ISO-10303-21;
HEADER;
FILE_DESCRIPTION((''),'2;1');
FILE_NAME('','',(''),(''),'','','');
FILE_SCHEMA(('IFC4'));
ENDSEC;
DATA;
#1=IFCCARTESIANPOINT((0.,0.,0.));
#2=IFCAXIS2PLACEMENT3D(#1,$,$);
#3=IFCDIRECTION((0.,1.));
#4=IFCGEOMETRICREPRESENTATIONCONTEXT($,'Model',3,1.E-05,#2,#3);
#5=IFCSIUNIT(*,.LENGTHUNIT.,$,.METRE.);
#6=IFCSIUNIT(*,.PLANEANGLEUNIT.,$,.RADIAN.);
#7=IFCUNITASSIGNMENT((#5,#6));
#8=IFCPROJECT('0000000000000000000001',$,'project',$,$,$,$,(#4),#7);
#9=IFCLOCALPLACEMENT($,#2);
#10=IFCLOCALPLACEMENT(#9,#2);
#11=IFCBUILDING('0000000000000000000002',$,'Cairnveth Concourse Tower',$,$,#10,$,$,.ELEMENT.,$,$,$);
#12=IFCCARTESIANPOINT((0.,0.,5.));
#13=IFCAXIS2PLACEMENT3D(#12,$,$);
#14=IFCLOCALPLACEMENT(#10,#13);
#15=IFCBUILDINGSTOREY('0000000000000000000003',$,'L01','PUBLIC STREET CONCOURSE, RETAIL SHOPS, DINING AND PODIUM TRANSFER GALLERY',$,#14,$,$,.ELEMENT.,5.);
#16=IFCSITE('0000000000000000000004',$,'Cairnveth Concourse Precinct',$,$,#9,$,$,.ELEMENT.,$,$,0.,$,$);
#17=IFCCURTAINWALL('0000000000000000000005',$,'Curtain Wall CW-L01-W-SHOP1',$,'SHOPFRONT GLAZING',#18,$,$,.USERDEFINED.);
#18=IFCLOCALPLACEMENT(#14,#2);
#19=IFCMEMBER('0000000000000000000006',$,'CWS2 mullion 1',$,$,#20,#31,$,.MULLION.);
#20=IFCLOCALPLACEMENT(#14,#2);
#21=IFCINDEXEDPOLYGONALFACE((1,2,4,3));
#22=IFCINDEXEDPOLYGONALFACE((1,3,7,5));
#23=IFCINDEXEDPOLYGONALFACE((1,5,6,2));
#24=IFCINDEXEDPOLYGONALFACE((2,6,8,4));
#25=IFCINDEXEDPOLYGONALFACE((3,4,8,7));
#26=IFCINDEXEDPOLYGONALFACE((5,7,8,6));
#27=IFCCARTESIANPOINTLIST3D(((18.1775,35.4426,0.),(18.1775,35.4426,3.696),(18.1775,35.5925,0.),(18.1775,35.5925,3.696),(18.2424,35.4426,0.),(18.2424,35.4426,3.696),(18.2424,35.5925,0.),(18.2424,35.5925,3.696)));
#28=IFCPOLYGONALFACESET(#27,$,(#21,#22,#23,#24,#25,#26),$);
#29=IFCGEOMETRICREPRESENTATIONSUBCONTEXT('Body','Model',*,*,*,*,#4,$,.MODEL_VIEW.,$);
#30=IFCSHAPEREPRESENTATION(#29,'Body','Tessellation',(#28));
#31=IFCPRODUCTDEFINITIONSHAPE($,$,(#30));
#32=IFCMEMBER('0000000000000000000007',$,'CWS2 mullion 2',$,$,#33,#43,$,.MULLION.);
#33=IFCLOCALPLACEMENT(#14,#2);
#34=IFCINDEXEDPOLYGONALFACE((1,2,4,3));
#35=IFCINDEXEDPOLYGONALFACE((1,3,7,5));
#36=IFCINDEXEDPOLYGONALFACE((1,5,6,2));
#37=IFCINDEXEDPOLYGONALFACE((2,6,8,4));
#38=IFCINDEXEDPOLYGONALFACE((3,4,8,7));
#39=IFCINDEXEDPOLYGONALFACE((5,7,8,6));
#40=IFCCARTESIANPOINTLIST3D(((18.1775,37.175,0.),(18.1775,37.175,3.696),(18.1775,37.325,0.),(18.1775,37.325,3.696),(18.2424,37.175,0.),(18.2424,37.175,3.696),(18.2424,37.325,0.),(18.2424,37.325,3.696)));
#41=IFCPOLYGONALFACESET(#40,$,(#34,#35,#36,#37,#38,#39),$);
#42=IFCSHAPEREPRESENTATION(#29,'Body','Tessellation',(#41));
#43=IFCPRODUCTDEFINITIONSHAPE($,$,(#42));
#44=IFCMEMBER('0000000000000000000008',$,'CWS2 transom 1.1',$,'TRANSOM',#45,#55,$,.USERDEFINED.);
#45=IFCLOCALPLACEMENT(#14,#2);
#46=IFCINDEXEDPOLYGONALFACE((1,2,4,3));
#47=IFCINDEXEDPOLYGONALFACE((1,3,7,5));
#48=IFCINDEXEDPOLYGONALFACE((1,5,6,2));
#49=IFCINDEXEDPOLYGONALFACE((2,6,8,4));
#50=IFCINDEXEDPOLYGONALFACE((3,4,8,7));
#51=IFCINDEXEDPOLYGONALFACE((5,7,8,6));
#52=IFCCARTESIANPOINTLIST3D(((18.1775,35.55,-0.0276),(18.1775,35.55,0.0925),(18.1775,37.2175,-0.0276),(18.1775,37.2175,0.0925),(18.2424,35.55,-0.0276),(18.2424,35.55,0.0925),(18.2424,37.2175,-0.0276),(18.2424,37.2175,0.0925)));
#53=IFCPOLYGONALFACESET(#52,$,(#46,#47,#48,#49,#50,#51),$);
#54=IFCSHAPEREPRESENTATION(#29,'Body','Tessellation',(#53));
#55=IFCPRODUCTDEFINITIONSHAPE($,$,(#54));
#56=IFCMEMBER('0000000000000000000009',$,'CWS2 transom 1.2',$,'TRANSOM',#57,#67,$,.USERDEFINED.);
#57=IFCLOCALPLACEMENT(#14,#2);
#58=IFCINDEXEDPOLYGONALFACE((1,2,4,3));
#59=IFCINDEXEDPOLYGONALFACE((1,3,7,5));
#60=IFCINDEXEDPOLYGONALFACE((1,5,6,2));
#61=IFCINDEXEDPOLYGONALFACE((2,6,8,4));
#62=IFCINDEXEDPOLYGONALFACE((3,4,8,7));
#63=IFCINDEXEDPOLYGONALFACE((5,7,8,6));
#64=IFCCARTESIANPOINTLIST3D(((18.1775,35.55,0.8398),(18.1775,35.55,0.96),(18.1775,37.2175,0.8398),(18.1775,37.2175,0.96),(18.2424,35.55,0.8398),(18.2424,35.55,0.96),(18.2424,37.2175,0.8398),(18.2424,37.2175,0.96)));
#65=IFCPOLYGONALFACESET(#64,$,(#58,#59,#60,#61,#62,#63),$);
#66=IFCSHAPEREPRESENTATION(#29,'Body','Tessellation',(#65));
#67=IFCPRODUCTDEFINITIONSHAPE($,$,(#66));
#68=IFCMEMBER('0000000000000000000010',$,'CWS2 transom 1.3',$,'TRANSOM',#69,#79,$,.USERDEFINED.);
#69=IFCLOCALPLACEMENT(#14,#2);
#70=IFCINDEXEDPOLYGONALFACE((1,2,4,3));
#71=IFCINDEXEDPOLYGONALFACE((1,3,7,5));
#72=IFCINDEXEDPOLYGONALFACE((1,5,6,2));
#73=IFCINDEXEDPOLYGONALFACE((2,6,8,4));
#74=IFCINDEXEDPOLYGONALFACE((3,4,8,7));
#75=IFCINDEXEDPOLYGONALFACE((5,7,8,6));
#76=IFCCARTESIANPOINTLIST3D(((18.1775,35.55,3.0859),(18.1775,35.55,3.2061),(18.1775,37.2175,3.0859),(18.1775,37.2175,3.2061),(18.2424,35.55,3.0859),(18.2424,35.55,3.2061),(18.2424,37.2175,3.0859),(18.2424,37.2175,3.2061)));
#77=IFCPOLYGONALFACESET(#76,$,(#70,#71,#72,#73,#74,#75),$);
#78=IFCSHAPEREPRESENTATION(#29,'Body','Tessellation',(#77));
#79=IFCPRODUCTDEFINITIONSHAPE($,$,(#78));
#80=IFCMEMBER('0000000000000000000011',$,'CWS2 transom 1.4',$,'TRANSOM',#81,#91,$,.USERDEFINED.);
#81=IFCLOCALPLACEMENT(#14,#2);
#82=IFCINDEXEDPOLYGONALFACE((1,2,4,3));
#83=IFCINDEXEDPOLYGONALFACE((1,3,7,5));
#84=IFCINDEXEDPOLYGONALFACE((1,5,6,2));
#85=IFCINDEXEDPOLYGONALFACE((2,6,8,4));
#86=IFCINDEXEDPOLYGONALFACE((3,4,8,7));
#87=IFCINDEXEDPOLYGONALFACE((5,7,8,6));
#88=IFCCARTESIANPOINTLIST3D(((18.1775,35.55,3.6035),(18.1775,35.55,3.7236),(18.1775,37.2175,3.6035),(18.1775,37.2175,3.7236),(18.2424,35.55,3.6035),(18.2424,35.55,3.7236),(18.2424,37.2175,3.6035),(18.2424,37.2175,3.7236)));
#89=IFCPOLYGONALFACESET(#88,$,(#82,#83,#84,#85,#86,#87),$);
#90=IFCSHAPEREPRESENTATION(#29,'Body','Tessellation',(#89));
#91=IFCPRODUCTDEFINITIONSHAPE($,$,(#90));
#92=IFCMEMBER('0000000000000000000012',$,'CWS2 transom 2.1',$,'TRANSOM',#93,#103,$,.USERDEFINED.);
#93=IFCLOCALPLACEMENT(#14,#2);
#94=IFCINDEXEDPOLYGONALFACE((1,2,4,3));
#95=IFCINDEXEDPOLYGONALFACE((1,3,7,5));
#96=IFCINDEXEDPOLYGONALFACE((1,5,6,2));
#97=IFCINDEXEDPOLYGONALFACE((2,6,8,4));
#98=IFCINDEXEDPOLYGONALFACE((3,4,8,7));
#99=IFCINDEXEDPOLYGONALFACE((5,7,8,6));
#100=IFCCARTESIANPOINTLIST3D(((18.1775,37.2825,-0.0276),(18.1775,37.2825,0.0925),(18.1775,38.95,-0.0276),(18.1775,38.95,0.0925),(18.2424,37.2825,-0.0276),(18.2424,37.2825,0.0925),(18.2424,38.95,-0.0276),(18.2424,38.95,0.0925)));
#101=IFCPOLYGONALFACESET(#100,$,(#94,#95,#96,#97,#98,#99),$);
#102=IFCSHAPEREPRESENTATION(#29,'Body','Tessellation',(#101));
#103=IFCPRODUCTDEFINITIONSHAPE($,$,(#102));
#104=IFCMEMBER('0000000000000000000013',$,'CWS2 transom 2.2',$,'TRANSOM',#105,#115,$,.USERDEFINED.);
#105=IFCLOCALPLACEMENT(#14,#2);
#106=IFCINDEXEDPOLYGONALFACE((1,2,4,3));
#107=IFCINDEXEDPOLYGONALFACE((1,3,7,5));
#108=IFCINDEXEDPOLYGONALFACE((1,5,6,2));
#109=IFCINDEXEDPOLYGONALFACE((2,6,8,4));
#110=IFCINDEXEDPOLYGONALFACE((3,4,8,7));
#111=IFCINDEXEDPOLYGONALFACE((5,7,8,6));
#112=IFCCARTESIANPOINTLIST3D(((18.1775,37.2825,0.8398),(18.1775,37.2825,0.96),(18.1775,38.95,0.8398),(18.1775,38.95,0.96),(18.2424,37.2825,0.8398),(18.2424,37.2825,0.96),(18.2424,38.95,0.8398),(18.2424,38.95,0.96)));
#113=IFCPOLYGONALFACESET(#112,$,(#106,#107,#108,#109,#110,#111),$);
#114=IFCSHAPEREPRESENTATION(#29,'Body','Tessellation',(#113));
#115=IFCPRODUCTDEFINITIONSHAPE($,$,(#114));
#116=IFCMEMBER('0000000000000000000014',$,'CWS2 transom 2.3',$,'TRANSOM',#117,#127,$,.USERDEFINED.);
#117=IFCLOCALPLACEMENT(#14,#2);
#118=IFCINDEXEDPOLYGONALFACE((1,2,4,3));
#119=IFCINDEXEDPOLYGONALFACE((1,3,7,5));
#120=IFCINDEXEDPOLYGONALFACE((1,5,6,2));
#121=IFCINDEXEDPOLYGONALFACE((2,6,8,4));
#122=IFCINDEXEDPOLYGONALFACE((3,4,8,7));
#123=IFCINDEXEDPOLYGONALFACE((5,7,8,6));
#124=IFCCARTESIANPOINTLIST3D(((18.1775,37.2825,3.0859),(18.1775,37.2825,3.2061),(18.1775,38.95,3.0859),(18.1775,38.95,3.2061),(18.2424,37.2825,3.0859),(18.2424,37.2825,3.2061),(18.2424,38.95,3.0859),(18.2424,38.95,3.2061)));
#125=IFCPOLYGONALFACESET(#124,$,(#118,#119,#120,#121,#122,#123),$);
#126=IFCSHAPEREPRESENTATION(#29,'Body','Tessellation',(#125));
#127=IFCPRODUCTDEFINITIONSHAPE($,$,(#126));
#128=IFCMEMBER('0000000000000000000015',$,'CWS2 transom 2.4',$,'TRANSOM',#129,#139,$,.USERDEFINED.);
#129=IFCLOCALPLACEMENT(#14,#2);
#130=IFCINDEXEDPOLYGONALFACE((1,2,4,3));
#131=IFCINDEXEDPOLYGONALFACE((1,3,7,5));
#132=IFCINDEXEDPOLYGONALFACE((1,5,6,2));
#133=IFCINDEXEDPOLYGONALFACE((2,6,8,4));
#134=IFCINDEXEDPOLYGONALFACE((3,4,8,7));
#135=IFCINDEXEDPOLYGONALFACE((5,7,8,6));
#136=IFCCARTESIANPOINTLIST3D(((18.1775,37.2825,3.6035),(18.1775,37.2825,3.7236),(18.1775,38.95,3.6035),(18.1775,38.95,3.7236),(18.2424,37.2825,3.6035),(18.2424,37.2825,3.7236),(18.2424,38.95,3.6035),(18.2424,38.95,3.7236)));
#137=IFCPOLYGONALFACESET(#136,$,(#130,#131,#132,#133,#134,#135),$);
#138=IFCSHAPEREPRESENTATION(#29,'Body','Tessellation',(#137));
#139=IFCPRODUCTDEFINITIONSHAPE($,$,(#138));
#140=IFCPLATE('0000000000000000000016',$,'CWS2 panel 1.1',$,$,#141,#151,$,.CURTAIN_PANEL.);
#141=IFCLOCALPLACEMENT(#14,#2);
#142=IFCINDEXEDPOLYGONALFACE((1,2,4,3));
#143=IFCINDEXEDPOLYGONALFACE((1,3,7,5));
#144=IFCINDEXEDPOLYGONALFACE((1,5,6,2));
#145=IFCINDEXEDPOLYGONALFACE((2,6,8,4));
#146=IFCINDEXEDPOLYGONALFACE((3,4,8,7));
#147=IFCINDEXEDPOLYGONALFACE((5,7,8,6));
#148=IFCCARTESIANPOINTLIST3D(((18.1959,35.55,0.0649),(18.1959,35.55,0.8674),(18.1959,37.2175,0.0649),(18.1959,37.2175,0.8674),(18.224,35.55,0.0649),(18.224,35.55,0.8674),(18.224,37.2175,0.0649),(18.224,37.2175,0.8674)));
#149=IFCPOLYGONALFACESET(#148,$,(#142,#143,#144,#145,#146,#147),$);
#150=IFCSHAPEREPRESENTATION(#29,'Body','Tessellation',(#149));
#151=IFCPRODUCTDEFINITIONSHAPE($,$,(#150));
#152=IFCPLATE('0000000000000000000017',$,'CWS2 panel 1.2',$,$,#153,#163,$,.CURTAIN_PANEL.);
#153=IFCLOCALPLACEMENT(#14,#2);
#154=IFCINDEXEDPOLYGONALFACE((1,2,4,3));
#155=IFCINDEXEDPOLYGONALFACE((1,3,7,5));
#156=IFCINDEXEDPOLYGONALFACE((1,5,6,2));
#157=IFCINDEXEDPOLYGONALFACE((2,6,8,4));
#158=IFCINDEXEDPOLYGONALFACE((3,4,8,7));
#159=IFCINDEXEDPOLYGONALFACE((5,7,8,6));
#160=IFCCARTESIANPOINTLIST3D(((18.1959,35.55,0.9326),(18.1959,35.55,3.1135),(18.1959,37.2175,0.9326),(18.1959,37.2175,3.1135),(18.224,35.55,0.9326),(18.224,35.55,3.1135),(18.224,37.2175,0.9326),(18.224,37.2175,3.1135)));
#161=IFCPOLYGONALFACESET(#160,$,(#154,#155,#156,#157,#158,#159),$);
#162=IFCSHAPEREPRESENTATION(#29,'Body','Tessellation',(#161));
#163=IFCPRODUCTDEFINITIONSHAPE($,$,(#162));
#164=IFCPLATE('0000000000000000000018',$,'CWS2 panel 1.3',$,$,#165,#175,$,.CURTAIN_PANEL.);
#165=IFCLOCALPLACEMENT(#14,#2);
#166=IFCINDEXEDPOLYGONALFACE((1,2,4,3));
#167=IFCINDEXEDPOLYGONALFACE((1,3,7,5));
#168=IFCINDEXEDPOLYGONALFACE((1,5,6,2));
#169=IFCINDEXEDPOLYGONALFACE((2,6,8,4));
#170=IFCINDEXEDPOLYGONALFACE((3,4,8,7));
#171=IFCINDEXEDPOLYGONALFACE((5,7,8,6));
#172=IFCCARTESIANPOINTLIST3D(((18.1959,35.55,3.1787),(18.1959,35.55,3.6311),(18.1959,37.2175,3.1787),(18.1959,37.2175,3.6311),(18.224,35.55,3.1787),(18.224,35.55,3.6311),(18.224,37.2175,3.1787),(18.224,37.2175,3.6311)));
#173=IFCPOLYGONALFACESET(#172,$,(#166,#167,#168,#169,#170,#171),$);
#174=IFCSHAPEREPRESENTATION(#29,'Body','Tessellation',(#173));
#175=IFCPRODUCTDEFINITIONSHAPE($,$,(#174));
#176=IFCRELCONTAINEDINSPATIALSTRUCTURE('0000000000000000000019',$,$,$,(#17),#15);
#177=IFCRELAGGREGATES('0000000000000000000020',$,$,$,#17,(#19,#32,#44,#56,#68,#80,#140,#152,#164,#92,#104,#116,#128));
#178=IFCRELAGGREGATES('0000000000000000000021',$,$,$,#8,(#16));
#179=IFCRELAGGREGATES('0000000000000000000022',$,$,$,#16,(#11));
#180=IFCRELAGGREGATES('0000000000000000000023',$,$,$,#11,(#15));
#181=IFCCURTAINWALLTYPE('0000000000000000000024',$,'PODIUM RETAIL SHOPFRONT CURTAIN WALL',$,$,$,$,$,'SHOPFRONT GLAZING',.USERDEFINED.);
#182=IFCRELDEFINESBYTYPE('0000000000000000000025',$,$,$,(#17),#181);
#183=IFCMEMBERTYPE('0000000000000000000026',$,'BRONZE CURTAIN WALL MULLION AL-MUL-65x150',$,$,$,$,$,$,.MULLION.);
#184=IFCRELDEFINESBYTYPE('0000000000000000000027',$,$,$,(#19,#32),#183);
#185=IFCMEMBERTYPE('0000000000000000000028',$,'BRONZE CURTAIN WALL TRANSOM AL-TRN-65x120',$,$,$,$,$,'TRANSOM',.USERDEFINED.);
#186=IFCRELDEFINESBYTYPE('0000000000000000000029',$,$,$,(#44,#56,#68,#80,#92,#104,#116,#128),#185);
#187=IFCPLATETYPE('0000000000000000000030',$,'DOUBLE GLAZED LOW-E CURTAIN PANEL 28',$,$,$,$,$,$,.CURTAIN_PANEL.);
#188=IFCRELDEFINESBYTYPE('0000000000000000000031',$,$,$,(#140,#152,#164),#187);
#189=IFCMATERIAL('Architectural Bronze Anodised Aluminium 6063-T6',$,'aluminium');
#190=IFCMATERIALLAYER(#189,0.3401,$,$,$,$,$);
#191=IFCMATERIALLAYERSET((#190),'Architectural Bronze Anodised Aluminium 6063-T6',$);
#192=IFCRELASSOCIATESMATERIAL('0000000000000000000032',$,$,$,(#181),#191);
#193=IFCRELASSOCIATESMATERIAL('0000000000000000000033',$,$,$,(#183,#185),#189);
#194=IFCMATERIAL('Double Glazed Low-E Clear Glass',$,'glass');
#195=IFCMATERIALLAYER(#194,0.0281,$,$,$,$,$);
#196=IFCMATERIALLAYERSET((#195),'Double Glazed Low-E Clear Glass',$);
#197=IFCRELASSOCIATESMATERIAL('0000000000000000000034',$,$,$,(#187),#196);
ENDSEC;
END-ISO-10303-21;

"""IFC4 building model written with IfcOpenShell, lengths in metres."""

from ifc_helpers import new_model, si_unit, direction, frame, origin, origin_2d, place, context, subcontext, project, spatial, rectangle, extrude, material, layer, layer_set, material_profile, profile_set, type_object, element, aggregate, save


model = new_model("IFC4")

# Units and contexts
model_context = context("Model", 3, precision=1e-05, world=origin(), true_north=direction((0.0, 1.0)))
body_context = subcontext(model_context, "Body", "Model", "MODEL_VIEW")
ifc_project = project(units=[si_unit("LENGTHUNIT", "METRE"), si_unit("PLANEANGLEUNIT", "RADIAN")], contexts=[model_context])

# Site, building, storey
site_placement = place(None, origin())
site = spatial("IfcSite", under=ifc_project, at=site_placement, Name="Cairnveth Concourse Precinct", CompositionType="ELEMENT", RefElevation=0.0)
building_placement = place(site_placement, origin())
building = spatial("IfcBuilding", under=site, at=building_placement, Name="Cairnveth Concourse Tower", CompositionType="ELEMENT")
storey_placement = place(building_placement, frame((0.0, 0.0, 5.0)))
storey = spatial("IfcBuildingStorey", under=building, at=storey_placement, Name="L01", Description="PUBLIC STREET CONCOURSE, RETAIL SHOPS, DINING AND PODIUM TRANSFER GALLERY", CompositionType="ELEMENT", Elevation=5.0)

# Curtain wall, members, plates
ifc_material_1 = material(Name="Architectural Bronze Anodised Aluminium 6063-T6", Category="aluminium")
ifc_layer_1 = layer(ifc_material_1, 0.3401)
ifc_layer_set_1 = layer_set([ifc_layer_1], Name="Architectural Bronze Anodised Aluminium 6063-T6")
curtain_wall_type = type_object("IfcCurtainWallType", Name="PODIUM RETAIL SHOPFRONT CURTAIN WALL", ElementType="SHOPFRONT GLAZING", PredefinedType="USERDEFINED", material=ifc_layer_set_1)
curtain_wall_placement = place(storey_placement, origin())
curtain_wall = element("IfcCurtainWall", 1, at=curtain_wall_placement, inside=storey, type_object=curtain_wall_type, Name="Curtain Wall CW-L01-W-SHOP1", ObjectType="SHOPFRONT GLAZING", PredefinedType="USERDEFINED")
ifc_material_profile_1 = material_profile(ifc_material_1, rectangle(XDim=0.0649, YDim=0.1499, at=origin_2d()), Name="AL-MUL-65x150")
ifc_profile_set_1 = profile_set([ifc_material_profile_1], Name="Architectural Bronze Anodised Aluminium 6063-T6")
member_type_1 = type_object("IfcMemberType", Name="BRONZE CURTAIN WALL MULLION AL-MUL-65x150", PredefinedType="MULLION", material=ifc_profile_set_1)
member_1_placement = place(storey_placement, frame((18.21, 35.5176, 0.0), z_axis=(0.0, 0.0, 1.0), x_axis=(-1.0, 0.0, 0.0)))
member_1 = element("IfcMember", 2, at=member_1_placement, type_object=member_type_1, Name="CWS2 mullion 1", PredefinedType="MULLION", context=body_context, shape_type="SweptSolid", body=[
    extrude(rectangle(XDim=0.0649, YDim=0.1499, at=origin_2d()), origin(), (0.0, 0.0, 1.0), 3.696),
])
member_2_placement = place(storey_placement, frame((18.21, 37.25, 0.0), z_axis=(0.0, 0.0, 1.0), x_axis=(-1.0, 0.0, 0.0)))
member_2 = element("IfcMember", 3, at=member_2_placement, type_object=member_type_1, Name="CWS2 mullion 2", PredefinedType="MULLION", context=body_context, shape_type="SweptSolid", body=[
    extrude(rectangle(XDim=0.0649, YDim=0.1499, at=origin_2d()), origin(), (0.0, 0.0, 1.0), 3.696),
])
ifc_material_profile_2 = material_profile(ifc_material_1, rectangle(XDim=0.0649, YDim=0.1201, at=origin_2d()), Name="AL-TRN-65x120")
ifc_profile_set_2 = profile_set([ifc_material_profile_2], Name="Architectural Bronze Anodised Aluminium 6063-T6")
member_type_2 = type_object("IfcMemberType", Name="BRONZE CURTAIN WALL TRANSOM AL-TRN-65x120", ElementType="TRANSOM", PredefinedType="USERDEFINED", material=ifc_profile_set_2)
member_3_placement = place(storey_placement, frame((18.21, 35.55, 0.0325), z_axis=(0.0, 1.0, 0.0), x_axis=(-1.0, 0.0, 0.0)))
member_3 = element("IfcMember", 4, at=member_3_placement, type_object=member_type_2, Name="CWS2 transom 1.1", ObjectType="TRANSOM", PredefinedType="USERDEFINED", context=body_context, shape_type="SweptSolid", body=[
    extrude(rectangle(XDim=0.0649, YDim=0.1201, at=origin_2d()), origin(), (0.0, 0.0, 1.0), 1.6675),
])
member_4_placement = place(storey_placement, frame((18.21, 35.55, 0.8999), z_axis=(0.0, 1.0, 0.0), x_axis=(-1.0, 0.0, 0.0)))
member_4 = element("IfcMember", 5, at=member_4_placement, type_object=member_type_2, Name="CWS2 transom 1.2", ObjectType="TRANSOM", PredefinedType="USERDEFINED", context=body_context, shape_type="SweptSolid", body=[
    extrude(rectangle(XDim=0.0649, YDim=0.1201, at=origin_2d()), origin(), (0.0, 0.0, 1.0), 1.6675),
])
member_5_placement = place(storey_placement, frame((18.21, 35.55, 3.146), z_axis=(0.0, 1.0, 0.0), x_axis=(-1.0, 0.0, 0.0)))
member_5 = element("IfcMember", 6, at=member_5_placement, type_object=member_type_2, Name="CWS2 transom 1.3", ObjectType="TRANSOM", PredefinedType="USERDEFINED", context=body_context, shape_type="SweptSolid", body=[
    extrude(rectangle(XDim=0.0649, YDim=0.1201, at=origin_2d()), origin(), (0.0, 0.0, 1.0), 1.6675),
])
member_6_placement = place(storey_placement, frame((18.21, 35.55, 3.6636), z_axis=(0.0, 1.0, 0.0), x_axis=(-1.0, 0.0, 0.0)))
member_6 = element("IfcMember", 7, at=member_6_placement, type_object=member_type_2, Name="CWS2 transom 1.4", ObjectType="TRANSOM", PredefinedType="USERDEFINED", context=body_context, shape_type="SweptSolid", body=[
    extrude(rectangle(XDim=0.0649, YDim=0.1201, at=origin_2d()), origin(), (0.0, 0.0, 1.0), 1.6675),
])
member_7_placement = place(storey_placement, frame((18.21, 37.2825, 0.0325), z_axis=(0.0, 1.0, 0.0), x_axis=(-1.0, 0.0, 0.0)))
member_7 = element("IfcMember", 8, at=member_7_placement, type_object=member_type_2, Name="CWS2 transom 2.1", ObjectType="TRANSOM", PredefinedType="USERDEFINED", context=body_context, shape_type="SweptSolid", body=[
    extrude(rectangle(XDim=0.0649, YDim=0.1201, at=origin_2d()), origin(), (0.0, 0.0, 1.0), 1.6675),
])
member_8_placement = place(storey_placement, frame((18.21, 37.2825, 0.8999), z_axis=(0.0, 1.0, 0.0), x_axis=(-1.0, 0.0, 0.0)))
member_8 = element("IfcMember", 9, at=member_8_placement, type_object=member_type_2, Name="CWS2 transom 2.2", ObjectType="TRANSOM", PredefinedType="USERDEFINED", context=body_context, shape_type="SweptSolid", body=[
    extrude(rectangle(XDim=0.0649, YDim=0.1201, at=origin_2d()), origin(), (0.0, 0.0, 1.0), 1.6675),
])
member_9_placement = place(storey_placement, frame((18.21, 37.2825, 3.146), z_axis=(0.0, 1.0, 0.0), x_axis=(-1.0, 0.0, 0.0)))
member_9 = element("IfcMember", 10, at=member_9_placement, type_object=member_type_2, Name="CWS2 transom 2.3", ObjectType="TRANSOM", PredefinedType="USERDEFINED", context=body_context, shape_type="SweptSolid", body=[
    extrude(rectangle(XDim=0.0649, YDim=0.1201, at=origin_2d()), origin(), (0.0, 0.0, 1.0), 1.6675),
])
member_10_placement = place(storey_placement, frame((18.21, 37.2825, 3.6636), z_axis=(0.0, 1.0, 0.0), x_axis=(-1.0, 0.0, 0.0)))
member_10 = element("IfcMember", 11, at=member_10_placement, type_object=member_type_2, Name="CWS2 transom 2.4", ObjectType="TRANSOM", PredefinedType="USERDEFINED", context=body_context, shape_type="SweptSolid", body=[
    extrude(rectangle(XDim=0.0649, YDim=0.1201, at=origin_2d()), origin(), (0.0, 0.0, 1.0), 1.6675),
])
ifc_material_2 = material(Name="Double Glazed Low-E Clear Glass", Category="glass")
ifc_layer_2 = layer(ifc_material_2, 0.0281)
ifc_layer_set_2 = layer_set([ifc_layer_2], Name="Double Glazed Low-E Clear Glass")
plate_type = type_object("IfcPlateType", Name="DOUBLE GLAZED LOW-E CURTAIN PANEL 28", PredefinedType="CURTAIN_PANEL", material=ifc_layer_set_2)
plate_1_placement = place(storey_placement, frame((18.21, 36.3838, 0.0649), z_axis=(0.0, 0.0, 1.0), x_axis=(0.0, 1.0, 0.0)))
plate_1 = element("IfcPlate", 12, at=plate_1_placement, type_object=plate_type, Name="CWS2 panel 1.1", PredefinedType="CURTAIN_PANEL", context=body_context, shape_type="SweptSolid", body=[
    extrude(rectangle(XDim=1.6675, YDim=0.0281, at=origin_2d()), origin(), (0.0, 0.0, 1.0), 0.8025),
])
plate_2_placement = place(storey_placement, frame((18.21, 36.3838, 0.9326), z_axis=(0.0, 0.0, 1.0), x_axis=(0.0, 1.0, 0.0)))
plate_2 = element("IfcPlate", 13, at=plate_2_placement, type_object=plate_type, Name="CWS2 panel 1.2", PredefinedType="CURTAIN_PANEL", context=body_context, shape_type="SweptSolid", body=[
    extrude(rectangle(XDim=1.6675, YDim=0.0281, at=origin_2d()), origin(), (0.0, 0.0, 1.0), 2.1809),
])
plate_3_placement = place(storey_placement, frame((18.21, 36.3838, 3.1787), z_axis=(0.0, 0.0, 1.0), x_axis=(0.0, 1.0, 0.0)))
plate_3 = element("IfcPlate", 14, at=plate_3_placement, type_object=plate_type, Name="CWS2 panel 1.3", PredefinedType="CURTAIN_PANEL", context=body_context, shape_type="SweptSolid", body=[
    extrude(rectangle(XDim=1.6675, YDim=0.0281, at=origin_2d()), origin(), (0.0, 0.0, 1.0), 0.4524),
])
aggregate(curtain_wall, [member_1, member_2, member_3, member_4, member_5, member_6, plate_1, plate_2, plate_3, member_7, member_8, member_9, member_10])

save(model, "model.ifc")
